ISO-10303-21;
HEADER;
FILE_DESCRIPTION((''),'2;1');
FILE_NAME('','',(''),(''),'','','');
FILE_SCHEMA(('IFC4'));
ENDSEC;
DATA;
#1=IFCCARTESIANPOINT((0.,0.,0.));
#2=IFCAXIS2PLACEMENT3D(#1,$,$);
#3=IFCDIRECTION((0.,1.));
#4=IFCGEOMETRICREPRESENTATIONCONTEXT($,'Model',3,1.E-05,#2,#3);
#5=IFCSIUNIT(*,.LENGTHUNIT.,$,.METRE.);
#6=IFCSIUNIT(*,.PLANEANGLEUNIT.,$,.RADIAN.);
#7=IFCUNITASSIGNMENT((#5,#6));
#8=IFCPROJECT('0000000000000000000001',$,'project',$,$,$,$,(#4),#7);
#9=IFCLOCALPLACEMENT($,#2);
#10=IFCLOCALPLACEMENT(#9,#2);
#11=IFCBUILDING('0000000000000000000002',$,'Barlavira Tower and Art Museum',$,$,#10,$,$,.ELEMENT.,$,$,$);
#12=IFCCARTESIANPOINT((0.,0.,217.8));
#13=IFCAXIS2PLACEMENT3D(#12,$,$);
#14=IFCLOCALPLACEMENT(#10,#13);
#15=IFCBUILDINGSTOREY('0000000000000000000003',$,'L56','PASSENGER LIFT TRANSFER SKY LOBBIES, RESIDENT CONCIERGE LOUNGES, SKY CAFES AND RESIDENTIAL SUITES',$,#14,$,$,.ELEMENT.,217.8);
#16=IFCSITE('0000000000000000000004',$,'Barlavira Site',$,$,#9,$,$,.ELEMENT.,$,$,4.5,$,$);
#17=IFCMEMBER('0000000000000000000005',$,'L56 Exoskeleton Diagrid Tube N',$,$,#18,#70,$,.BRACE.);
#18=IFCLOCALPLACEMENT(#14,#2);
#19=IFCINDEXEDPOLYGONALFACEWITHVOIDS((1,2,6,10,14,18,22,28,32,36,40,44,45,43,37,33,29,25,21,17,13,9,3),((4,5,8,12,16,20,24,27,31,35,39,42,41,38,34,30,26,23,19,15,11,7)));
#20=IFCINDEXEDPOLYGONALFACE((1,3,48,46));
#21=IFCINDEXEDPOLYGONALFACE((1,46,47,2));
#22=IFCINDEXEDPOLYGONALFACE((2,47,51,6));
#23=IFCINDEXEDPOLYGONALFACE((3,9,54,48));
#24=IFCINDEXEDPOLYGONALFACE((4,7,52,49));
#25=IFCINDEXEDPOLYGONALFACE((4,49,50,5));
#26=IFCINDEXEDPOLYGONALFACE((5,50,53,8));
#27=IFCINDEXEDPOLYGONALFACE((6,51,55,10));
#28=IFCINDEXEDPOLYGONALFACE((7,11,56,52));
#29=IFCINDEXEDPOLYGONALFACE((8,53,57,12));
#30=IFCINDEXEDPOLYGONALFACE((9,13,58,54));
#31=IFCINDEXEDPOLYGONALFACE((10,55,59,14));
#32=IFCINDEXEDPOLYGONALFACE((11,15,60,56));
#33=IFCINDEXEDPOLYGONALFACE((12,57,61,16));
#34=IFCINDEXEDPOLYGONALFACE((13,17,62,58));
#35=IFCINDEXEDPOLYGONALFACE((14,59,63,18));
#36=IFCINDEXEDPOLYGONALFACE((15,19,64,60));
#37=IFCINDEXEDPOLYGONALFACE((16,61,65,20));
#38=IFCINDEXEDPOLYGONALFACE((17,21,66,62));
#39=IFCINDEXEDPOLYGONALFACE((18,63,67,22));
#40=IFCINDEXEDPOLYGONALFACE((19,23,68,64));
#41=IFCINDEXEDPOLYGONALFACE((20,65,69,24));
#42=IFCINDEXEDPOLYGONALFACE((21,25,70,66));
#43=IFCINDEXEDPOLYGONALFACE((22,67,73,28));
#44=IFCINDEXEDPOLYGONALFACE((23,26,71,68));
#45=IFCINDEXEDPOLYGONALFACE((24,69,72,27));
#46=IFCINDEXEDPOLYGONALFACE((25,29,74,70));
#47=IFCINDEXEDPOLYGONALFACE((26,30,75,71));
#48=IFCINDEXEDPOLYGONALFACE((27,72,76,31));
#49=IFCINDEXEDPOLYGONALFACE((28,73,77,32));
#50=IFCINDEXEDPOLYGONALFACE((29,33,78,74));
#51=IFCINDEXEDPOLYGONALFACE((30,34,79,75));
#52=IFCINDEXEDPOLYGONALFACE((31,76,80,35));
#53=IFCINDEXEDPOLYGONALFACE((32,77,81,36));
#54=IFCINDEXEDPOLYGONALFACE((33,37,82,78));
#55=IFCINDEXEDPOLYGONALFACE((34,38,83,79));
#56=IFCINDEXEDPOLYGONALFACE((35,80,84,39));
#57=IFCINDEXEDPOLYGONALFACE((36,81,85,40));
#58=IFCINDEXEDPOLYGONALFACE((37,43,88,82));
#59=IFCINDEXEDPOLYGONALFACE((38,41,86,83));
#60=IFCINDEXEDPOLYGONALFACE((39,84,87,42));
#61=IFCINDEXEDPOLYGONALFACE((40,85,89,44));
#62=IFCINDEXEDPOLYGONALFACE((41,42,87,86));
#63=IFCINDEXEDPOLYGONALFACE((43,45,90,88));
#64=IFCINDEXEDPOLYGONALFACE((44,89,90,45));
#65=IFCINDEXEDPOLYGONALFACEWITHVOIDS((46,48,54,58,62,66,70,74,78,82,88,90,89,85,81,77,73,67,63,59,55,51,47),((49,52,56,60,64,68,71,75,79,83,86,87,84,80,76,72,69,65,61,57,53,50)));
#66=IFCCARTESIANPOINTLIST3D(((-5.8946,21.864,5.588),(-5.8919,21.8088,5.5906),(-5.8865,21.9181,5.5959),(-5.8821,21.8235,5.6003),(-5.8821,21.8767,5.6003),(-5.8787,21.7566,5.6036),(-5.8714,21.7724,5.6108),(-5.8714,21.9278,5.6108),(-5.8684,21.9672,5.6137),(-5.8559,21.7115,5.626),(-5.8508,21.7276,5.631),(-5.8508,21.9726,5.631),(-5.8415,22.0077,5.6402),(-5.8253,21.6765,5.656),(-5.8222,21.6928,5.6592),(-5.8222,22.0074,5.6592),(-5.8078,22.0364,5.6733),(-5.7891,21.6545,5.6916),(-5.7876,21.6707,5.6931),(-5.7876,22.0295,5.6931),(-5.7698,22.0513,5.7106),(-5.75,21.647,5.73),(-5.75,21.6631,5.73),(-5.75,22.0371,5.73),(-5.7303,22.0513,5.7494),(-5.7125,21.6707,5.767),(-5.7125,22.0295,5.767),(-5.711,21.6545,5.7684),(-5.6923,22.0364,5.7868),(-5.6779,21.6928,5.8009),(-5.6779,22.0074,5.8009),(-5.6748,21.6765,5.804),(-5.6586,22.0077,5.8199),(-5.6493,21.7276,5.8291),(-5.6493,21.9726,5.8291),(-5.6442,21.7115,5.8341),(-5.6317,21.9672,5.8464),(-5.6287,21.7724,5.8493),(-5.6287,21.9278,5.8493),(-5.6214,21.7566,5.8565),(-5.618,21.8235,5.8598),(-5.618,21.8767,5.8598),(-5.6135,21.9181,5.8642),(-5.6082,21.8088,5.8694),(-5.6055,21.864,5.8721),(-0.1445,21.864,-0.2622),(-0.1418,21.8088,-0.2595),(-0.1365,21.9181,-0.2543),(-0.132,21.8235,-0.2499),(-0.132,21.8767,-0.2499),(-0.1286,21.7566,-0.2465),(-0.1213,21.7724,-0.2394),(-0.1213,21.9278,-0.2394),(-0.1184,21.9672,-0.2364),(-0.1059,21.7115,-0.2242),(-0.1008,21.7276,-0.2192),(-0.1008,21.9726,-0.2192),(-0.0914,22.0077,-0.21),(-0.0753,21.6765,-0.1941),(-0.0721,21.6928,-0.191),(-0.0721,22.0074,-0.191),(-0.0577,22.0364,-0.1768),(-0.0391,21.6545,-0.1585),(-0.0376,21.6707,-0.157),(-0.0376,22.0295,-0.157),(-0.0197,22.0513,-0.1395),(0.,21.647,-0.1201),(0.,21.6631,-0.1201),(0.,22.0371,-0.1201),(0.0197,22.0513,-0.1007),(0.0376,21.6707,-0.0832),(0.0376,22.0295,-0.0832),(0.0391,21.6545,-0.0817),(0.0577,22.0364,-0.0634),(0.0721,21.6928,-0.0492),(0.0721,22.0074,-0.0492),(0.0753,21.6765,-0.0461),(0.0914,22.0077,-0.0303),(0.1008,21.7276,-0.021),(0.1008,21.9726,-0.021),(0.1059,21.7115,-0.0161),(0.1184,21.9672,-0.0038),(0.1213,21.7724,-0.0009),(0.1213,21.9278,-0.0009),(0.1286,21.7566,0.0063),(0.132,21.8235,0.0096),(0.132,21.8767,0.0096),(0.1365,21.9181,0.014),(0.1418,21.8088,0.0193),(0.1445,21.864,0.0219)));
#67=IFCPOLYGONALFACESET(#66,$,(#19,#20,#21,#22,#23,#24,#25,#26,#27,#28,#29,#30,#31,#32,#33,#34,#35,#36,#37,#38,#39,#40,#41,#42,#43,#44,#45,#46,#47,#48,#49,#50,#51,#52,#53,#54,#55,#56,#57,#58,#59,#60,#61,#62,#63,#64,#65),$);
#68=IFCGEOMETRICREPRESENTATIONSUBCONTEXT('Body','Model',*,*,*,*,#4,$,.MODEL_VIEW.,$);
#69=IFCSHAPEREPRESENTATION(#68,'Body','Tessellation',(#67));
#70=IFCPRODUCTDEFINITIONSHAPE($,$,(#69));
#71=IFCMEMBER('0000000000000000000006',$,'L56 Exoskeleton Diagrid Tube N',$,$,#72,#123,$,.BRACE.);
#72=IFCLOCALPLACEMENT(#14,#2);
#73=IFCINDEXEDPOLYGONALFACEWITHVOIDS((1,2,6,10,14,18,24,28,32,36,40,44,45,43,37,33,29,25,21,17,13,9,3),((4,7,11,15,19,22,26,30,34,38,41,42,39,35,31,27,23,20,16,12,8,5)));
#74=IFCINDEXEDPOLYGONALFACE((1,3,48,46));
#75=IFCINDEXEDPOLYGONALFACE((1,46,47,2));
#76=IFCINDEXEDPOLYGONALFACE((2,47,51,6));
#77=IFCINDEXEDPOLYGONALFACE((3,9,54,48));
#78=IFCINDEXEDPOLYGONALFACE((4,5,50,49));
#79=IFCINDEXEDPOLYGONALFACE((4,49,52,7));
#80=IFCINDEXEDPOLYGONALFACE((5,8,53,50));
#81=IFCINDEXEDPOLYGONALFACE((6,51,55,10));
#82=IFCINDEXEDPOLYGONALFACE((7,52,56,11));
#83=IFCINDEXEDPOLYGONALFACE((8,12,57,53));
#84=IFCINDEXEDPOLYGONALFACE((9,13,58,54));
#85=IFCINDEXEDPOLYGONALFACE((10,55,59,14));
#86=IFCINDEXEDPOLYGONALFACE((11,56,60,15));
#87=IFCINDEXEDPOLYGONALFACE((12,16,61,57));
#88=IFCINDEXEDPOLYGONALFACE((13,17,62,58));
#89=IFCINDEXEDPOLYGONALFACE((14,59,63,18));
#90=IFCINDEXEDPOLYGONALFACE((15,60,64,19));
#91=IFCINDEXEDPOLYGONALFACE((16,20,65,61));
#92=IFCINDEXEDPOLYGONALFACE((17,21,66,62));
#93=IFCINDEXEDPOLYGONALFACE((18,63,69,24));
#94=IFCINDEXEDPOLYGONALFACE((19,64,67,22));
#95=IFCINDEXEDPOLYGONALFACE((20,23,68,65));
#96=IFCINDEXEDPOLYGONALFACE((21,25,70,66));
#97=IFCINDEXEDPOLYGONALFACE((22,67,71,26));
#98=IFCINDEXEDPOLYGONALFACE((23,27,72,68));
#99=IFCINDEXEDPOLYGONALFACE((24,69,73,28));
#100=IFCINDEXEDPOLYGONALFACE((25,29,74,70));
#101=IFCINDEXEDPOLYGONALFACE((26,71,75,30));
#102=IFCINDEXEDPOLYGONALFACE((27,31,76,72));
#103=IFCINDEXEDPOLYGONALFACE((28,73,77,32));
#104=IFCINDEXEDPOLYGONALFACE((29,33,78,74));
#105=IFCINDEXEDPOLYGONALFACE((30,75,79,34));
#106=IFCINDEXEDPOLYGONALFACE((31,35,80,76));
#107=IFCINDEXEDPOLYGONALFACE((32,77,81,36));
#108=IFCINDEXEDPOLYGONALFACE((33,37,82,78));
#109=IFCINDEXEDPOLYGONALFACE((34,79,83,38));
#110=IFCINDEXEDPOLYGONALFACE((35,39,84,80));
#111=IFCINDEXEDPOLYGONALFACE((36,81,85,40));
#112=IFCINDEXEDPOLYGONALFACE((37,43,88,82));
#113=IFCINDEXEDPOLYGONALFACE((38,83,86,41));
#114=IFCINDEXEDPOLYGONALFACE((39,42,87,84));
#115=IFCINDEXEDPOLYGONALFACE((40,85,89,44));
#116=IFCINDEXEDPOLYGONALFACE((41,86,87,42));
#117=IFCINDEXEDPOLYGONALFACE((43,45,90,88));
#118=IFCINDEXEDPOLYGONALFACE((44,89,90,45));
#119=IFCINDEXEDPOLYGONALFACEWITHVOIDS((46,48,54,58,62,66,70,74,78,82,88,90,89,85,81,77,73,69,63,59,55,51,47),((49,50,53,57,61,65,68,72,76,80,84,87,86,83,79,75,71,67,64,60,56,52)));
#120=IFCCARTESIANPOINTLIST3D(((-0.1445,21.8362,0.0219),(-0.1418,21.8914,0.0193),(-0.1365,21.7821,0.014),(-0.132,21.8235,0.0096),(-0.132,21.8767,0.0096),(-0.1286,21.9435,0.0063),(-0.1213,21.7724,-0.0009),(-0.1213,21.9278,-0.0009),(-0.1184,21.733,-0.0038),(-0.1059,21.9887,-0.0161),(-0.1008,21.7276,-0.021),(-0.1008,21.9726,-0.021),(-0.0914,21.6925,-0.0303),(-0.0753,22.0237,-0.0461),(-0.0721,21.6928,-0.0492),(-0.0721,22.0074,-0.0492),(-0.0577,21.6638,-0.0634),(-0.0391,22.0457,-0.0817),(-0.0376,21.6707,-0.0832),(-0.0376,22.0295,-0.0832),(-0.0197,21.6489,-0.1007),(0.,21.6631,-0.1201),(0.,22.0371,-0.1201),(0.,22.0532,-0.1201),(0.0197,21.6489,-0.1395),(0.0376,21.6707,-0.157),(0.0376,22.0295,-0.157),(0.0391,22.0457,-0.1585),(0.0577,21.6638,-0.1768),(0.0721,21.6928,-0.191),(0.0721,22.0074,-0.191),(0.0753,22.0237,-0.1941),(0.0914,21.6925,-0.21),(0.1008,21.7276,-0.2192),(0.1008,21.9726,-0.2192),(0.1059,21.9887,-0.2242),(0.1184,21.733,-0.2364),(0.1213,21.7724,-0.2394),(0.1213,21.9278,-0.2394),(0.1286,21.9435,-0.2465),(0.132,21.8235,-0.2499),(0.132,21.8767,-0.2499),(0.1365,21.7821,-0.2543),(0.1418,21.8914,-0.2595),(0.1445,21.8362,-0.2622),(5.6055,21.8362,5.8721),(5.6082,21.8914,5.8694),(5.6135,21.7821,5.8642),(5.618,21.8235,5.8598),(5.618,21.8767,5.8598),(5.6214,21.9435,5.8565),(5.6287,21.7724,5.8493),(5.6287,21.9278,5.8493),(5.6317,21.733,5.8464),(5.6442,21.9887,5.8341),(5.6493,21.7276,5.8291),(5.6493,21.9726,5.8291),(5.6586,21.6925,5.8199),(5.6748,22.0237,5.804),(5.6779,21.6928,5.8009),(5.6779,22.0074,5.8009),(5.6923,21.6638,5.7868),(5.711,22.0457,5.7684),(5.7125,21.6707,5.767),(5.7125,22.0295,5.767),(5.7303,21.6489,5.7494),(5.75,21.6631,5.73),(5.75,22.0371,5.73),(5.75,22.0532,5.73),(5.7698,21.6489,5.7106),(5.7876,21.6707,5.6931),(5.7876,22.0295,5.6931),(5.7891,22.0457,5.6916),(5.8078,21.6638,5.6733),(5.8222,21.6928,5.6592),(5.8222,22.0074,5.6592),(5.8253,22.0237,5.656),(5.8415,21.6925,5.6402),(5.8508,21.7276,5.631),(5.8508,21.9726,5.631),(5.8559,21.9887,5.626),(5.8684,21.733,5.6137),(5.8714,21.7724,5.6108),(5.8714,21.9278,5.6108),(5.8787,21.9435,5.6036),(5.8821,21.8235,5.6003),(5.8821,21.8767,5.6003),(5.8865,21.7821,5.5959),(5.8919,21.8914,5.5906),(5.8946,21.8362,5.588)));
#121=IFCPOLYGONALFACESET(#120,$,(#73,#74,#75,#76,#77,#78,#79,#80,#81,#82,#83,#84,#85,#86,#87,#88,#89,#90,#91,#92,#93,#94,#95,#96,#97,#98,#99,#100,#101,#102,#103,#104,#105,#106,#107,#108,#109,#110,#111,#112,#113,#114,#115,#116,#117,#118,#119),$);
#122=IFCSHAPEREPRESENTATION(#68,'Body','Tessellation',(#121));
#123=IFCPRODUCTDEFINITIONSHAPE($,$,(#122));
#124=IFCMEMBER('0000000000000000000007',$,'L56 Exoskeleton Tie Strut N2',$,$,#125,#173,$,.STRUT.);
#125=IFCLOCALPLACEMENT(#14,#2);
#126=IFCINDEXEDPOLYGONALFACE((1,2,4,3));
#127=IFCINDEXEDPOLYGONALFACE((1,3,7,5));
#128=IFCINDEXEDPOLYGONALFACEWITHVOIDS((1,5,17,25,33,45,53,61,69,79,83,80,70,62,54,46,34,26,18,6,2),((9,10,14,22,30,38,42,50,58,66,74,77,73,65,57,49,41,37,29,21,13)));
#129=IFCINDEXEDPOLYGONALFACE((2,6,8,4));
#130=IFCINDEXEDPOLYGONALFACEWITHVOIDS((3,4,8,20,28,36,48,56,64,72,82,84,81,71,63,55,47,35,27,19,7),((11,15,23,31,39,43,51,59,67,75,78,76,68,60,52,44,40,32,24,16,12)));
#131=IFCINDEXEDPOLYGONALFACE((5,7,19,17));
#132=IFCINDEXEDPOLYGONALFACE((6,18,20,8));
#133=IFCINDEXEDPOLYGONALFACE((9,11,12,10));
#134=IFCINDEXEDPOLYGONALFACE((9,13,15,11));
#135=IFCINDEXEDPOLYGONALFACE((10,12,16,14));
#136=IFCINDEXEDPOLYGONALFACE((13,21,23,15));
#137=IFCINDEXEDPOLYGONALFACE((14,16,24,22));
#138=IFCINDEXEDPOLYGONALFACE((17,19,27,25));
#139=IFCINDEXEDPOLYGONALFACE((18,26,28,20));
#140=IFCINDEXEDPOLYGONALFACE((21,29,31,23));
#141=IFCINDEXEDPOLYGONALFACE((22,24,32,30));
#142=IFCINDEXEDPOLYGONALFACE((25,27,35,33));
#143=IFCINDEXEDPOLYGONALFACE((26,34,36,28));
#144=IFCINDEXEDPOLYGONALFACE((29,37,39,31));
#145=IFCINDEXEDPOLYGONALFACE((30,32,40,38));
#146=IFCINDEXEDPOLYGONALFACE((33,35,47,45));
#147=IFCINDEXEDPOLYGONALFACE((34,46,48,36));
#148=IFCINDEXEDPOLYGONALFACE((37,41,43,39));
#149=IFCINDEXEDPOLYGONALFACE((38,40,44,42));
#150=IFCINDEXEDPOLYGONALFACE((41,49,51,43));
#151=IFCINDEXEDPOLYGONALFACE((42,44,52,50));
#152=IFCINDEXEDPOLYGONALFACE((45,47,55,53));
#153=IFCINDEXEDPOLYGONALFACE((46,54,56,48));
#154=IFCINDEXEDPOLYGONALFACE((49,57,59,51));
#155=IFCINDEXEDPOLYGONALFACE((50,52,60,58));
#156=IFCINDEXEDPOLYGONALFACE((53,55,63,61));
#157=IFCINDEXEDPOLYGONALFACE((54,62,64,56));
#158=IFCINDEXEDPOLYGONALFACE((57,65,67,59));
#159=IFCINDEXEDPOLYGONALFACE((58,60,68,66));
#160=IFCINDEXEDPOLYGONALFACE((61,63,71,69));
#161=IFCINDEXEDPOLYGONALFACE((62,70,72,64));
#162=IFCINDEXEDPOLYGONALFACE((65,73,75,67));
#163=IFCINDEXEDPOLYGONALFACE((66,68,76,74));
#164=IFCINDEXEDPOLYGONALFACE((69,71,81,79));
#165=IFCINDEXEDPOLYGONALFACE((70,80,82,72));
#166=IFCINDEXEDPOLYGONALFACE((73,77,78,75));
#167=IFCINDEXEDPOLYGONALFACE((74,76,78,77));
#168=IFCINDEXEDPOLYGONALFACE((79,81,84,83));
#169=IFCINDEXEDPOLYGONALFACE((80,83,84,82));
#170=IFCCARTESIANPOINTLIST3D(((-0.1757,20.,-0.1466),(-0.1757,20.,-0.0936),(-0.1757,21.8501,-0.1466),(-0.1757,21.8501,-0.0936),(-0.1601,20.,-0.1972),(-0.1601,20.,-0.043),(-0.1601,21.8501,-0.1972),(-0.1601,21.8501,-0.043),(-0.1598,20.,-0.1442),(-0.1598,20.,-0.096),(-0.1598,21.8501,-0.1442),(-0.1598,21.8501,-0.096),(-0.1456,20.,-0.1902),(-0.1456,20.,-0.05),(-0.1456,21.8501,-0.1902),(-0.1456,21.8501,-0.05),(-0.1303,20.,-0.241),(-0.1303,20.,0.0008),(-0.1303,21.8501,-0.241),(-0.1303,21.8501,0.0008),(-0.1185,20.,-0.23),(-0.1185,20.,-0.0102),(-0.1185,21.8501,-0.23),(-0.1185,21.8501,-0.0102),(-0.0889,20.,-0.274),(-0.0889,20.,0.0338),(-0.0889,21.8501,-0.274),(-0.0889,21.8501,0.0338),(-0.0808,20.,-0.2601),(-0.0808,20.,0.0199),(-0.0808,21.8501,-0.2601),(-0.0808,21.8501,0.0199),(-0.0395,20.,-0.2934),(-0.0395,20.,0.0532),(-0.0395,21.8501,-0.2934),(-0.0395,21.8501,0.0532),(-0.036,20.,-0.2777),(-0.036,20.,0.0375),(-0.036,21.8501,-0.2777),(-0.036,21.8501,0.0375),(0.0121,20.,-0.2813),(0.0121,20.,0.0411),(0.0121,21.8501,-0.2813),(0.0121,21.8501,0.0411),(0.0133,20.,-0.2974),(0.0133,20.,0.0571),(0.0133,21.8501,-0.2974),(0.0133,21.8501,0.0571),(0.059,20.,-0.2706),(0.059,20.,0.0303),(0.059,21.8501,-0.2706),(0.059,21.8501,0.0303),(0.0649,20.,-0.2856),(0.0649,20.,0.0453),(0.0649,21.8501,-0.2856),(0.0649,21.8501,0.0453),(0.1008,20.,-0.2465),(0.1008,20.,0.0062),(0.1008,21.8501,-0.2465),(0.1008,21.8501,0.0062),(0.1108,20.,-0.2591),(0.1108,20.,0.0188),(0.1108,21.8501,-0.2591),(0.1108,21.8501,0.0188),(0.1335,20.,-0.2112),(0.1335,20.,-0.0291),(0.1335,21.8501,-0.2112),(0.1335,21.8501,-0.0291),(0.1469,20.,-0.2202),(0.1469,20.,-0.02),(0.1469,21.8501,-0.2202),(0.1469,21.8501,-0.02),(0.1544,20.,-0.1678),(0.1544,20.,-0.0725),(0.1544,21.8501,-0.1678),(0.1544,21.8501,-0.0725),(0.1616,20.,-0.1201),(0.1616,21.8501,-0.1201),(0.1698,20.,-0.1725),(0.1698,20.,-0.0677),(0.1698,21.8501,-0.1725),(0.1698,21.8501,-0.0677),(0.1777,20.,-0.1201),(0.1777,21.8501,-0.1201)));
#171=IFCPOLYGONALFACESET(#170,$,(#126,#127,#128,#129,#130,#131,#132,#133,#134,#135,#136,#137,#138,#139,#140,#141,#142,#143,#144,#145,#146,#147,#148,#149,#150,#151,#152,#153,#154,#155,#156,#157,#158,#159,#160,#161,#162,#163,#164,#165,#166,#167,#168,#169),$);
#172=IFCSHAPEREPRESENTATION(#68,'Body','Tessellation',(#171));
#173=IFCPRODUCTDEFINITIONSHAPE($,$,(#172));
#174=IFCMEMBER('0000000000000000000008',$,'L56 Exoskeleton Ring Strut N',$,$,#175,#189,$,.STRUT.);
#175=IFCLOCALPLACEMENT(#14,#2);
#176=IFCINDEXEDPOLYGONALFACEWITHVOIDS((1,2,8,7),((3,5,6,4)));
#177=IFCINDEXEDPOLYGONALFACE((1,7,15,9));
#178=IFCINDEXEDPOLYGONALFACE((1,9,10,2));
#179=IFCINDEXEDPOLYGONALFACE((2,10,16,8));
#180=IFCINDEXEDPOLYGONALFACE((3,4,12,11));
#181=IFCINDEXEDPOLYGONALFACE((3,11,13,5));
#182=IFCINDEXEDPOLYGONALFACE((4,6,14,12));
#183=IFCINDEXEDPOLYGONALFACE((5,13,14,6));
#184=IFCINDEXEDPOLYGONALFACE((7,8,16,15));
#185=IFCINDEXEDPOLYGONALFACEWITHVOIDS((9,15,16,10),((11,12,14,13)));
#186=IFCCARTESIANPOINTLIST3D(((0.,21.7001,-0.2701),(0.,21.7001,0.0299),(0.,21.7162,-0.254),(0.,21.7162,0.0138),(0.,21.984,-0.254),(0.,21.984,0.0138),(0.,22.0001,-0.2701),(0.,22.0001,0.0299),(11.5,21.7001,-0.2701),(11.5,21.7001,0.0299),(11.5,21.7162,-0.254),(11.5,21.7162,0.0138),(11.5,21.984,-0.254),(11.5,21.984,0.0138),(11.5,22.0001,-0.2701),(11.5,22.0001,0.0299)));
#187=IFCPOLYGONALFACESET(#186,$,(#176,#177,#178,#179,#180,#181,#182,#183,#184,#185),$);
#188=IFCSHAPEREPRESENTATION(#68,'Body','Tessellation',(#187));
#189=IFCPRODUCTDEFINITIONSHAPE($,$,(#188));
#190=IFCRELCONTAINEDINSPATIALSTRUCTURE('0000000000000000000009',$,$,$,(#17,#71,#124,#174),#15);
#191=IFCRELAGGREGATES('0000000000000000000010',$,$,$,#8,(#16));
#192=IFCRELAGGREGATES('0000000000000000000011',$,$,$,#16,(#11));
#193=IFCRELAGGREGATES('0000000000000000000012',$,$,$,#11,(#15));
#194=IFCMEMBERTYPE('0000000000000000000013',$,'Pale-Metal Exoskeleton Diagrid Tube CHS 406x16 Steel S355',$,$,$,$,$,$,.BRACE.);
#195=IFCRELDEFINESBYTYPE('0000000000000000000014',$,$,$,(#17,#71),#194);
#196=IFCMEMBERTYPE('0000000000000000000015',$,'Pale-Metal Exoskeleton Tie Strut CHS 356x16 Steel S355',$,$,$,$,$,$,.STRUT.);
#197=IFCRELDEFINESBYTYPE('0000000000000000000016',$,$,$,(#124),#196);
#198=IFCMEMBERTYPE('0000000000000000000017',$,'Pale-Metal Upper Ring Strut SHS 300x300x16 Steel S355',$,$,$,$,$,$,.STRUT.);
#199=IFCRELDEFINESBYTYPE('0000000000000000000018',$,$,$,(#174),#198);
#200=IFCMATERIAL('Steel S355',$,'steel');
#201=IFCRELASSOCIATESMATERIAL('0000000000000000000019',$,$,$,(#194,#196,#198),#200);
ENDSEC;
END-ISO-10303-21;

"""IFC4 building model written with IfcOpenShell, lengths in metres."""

from ifc_helpers import new_model, si_unit, direction, frame, origin, origin_2d, place, context, subcontext, project, spatial, hollow_rectangle, hollow_circle, extrude, material, material_profile, profile_set, type_object, element, save


model = new_model("IFC4")

# Units and contexts
model_context = context("Model", 3, precision=1e-05, world=origin(), true_north=direction((0.0, 1.0)))
body_context = subcontext(model_context, "Body", "Model", "MODEL_VIEW")
ifc_project = project(units=[si_unit("LENGTHUNIT", "METRE"), si_unit("PLANEANGLEUNIT", "RADIAN")], contexts=[model_context])

# Site, building, storey
site_placement = place(None, origin())
site = spatial("IfcSite", under=ifc_project, at=site_placement, Name="Barlavira Site", CompositionType="ELEMENT", RefElevation=4.5)
building_placement = place(site_placement, origin())
building = spatial("IfcBuilding", under=site, at=building_placement, Name="Barlavira Tower and Art Museum", CompositionType="ELEMENT")
storey_placement = place(building_placement, frame((0.0, 0.0, 217.8)))
storey = spatial("IfcBuildingStorey", under=building, at=storey_placement, Name="L56", Description="PASSENGER LIFT TRANSFER SKY LOBBIES, RESIDENT CONCIERGE LOUNGES, SKY CAFES AND RESIDENTIAL SUITES", CompositionType="ELEMENT", Elevation=217.8)

# Members
ifc_material_1 = material(Name="Steel S355", Category="steel")
ifc_material_profile_1 = material_profile(ifc_material_1, hollow_circle(Radius=0.2031, WallThickness=0.0161, at=origin_2d()), Name="CHS 406.4x16.0")
ifc_profile_set_1 = profile_set([ifc_material_profile_1], Name="Steel S355")
member_type_1 = type_object("IfcMemberType", Name="Pale-Metal Exoskeleton Diagrid Tube CHS 406x16 Steel S355", PredefinedType="BRACE", material=ifc_profile_set_1)
for number, where, z_axis, x_axis, name in (
    (1, (0.0, 21.8501, -0.1201), (-0.700979, 0.0, 0.713182), (0.0, -1.0, 0.0), "L56 Exoskeleton Diagrid Tube N"),
    (2, (0.0, 21.8501, -0.1201), (0.700979, 0.0, 0.713182), (0.0, 1.0, 0.0), "L56 Exoskeleton Diagrid Tube N"),
):
    element("IfcMember", number, at=place(storey_placement, frame(where, z_axis=z_axis, x_axis=x_axis)), inside=storey, type_object=member_type_1, Name=name, PredefinedType="BRACE", context=body_context, shape_type="SweptSolid", body=[
        extrude(hollow_circle(Radius=0.2031, WallThickness=0.0161, at=origin_2d()), origin(), (0.0, 0.0, 1.0), 8.2029),
    ])
ifc_material_profile_2 = material_profile(ifc_material_1, hollow_circle(Radius=0.1777, WallThickness=0.0161, at=origin_2d()), Name="CHS 355.6x16.0")
ifc_profile_set_2 = profile_set([ifc_material_profile_2], Name="Steel S355")
member_type_2 = type_object("IfcMemberType", Name="Pale-Metal Exoskeleton Tie Strut CHS 356x16 Steel S355", PredefinedType="STRUT", material=ifc_profile_set_2)
member_1_placement = place(storey_placement, frame((0.0, 21.8501, -0.1201), z_axis=(0.0, -1.0, 0.0), x_axis=(1.0, 0.0, 0.0)))
element("IfcMember", 3, at=member_1_placement, inside=storey, type_object=member_type_2, Name="L56 Exoskeleton Tie Strut N2", PredefinedType="STRUT", context=body_context, shape_type="SweptSolid", body=[
    extrude(hollow_circle(Radius=0.1777, WallThickness=0.0161, at=origin_2d()), origin(), (0.0, 0.0, 1.0), 1.8501),
])
ifc_material_profile_3 = material_profile(ifc_material_1, hollow_rectangle(XDim=0.3, YDim=0.3, WallThickness=0.0161, at=origin_2d()), Name="SHS 300x300x16.0")
ifc_profile_set_3 = profile_set([ifc_material_profile_3], Name="Steel S355")
member_type_3 = type_object("IfcMemberType", Name="Pale-Metal Upper Ring Strut SHS 300x300x16 Steel S355", PredefinedType="STRUT", material=ifc_profile_set_3)
member_2_placement = place(storey_placement, frame((0.0, 21.8501, -0.1201), z_axis=(1.0, 0.0, 0.0), x_axis=(0.0, 1.0, 0.0)))
element("IfcMember", 4, at=member_2_placement, inside=storey, type_object=member_type_3, Name="L56 Exoskeleton Ring Strut N", PredefinedType="STRUT", context=body_context, shape_type="SweptSolid", body=[
    extrude(hollow_rectangle(XDim=0.3, YDim=0.3, WallThickness=0.0161, at=origin_2d()), origin(), (0.0, 0.0, 1.0), 11.5),
])

save(model, "model.ifc")
